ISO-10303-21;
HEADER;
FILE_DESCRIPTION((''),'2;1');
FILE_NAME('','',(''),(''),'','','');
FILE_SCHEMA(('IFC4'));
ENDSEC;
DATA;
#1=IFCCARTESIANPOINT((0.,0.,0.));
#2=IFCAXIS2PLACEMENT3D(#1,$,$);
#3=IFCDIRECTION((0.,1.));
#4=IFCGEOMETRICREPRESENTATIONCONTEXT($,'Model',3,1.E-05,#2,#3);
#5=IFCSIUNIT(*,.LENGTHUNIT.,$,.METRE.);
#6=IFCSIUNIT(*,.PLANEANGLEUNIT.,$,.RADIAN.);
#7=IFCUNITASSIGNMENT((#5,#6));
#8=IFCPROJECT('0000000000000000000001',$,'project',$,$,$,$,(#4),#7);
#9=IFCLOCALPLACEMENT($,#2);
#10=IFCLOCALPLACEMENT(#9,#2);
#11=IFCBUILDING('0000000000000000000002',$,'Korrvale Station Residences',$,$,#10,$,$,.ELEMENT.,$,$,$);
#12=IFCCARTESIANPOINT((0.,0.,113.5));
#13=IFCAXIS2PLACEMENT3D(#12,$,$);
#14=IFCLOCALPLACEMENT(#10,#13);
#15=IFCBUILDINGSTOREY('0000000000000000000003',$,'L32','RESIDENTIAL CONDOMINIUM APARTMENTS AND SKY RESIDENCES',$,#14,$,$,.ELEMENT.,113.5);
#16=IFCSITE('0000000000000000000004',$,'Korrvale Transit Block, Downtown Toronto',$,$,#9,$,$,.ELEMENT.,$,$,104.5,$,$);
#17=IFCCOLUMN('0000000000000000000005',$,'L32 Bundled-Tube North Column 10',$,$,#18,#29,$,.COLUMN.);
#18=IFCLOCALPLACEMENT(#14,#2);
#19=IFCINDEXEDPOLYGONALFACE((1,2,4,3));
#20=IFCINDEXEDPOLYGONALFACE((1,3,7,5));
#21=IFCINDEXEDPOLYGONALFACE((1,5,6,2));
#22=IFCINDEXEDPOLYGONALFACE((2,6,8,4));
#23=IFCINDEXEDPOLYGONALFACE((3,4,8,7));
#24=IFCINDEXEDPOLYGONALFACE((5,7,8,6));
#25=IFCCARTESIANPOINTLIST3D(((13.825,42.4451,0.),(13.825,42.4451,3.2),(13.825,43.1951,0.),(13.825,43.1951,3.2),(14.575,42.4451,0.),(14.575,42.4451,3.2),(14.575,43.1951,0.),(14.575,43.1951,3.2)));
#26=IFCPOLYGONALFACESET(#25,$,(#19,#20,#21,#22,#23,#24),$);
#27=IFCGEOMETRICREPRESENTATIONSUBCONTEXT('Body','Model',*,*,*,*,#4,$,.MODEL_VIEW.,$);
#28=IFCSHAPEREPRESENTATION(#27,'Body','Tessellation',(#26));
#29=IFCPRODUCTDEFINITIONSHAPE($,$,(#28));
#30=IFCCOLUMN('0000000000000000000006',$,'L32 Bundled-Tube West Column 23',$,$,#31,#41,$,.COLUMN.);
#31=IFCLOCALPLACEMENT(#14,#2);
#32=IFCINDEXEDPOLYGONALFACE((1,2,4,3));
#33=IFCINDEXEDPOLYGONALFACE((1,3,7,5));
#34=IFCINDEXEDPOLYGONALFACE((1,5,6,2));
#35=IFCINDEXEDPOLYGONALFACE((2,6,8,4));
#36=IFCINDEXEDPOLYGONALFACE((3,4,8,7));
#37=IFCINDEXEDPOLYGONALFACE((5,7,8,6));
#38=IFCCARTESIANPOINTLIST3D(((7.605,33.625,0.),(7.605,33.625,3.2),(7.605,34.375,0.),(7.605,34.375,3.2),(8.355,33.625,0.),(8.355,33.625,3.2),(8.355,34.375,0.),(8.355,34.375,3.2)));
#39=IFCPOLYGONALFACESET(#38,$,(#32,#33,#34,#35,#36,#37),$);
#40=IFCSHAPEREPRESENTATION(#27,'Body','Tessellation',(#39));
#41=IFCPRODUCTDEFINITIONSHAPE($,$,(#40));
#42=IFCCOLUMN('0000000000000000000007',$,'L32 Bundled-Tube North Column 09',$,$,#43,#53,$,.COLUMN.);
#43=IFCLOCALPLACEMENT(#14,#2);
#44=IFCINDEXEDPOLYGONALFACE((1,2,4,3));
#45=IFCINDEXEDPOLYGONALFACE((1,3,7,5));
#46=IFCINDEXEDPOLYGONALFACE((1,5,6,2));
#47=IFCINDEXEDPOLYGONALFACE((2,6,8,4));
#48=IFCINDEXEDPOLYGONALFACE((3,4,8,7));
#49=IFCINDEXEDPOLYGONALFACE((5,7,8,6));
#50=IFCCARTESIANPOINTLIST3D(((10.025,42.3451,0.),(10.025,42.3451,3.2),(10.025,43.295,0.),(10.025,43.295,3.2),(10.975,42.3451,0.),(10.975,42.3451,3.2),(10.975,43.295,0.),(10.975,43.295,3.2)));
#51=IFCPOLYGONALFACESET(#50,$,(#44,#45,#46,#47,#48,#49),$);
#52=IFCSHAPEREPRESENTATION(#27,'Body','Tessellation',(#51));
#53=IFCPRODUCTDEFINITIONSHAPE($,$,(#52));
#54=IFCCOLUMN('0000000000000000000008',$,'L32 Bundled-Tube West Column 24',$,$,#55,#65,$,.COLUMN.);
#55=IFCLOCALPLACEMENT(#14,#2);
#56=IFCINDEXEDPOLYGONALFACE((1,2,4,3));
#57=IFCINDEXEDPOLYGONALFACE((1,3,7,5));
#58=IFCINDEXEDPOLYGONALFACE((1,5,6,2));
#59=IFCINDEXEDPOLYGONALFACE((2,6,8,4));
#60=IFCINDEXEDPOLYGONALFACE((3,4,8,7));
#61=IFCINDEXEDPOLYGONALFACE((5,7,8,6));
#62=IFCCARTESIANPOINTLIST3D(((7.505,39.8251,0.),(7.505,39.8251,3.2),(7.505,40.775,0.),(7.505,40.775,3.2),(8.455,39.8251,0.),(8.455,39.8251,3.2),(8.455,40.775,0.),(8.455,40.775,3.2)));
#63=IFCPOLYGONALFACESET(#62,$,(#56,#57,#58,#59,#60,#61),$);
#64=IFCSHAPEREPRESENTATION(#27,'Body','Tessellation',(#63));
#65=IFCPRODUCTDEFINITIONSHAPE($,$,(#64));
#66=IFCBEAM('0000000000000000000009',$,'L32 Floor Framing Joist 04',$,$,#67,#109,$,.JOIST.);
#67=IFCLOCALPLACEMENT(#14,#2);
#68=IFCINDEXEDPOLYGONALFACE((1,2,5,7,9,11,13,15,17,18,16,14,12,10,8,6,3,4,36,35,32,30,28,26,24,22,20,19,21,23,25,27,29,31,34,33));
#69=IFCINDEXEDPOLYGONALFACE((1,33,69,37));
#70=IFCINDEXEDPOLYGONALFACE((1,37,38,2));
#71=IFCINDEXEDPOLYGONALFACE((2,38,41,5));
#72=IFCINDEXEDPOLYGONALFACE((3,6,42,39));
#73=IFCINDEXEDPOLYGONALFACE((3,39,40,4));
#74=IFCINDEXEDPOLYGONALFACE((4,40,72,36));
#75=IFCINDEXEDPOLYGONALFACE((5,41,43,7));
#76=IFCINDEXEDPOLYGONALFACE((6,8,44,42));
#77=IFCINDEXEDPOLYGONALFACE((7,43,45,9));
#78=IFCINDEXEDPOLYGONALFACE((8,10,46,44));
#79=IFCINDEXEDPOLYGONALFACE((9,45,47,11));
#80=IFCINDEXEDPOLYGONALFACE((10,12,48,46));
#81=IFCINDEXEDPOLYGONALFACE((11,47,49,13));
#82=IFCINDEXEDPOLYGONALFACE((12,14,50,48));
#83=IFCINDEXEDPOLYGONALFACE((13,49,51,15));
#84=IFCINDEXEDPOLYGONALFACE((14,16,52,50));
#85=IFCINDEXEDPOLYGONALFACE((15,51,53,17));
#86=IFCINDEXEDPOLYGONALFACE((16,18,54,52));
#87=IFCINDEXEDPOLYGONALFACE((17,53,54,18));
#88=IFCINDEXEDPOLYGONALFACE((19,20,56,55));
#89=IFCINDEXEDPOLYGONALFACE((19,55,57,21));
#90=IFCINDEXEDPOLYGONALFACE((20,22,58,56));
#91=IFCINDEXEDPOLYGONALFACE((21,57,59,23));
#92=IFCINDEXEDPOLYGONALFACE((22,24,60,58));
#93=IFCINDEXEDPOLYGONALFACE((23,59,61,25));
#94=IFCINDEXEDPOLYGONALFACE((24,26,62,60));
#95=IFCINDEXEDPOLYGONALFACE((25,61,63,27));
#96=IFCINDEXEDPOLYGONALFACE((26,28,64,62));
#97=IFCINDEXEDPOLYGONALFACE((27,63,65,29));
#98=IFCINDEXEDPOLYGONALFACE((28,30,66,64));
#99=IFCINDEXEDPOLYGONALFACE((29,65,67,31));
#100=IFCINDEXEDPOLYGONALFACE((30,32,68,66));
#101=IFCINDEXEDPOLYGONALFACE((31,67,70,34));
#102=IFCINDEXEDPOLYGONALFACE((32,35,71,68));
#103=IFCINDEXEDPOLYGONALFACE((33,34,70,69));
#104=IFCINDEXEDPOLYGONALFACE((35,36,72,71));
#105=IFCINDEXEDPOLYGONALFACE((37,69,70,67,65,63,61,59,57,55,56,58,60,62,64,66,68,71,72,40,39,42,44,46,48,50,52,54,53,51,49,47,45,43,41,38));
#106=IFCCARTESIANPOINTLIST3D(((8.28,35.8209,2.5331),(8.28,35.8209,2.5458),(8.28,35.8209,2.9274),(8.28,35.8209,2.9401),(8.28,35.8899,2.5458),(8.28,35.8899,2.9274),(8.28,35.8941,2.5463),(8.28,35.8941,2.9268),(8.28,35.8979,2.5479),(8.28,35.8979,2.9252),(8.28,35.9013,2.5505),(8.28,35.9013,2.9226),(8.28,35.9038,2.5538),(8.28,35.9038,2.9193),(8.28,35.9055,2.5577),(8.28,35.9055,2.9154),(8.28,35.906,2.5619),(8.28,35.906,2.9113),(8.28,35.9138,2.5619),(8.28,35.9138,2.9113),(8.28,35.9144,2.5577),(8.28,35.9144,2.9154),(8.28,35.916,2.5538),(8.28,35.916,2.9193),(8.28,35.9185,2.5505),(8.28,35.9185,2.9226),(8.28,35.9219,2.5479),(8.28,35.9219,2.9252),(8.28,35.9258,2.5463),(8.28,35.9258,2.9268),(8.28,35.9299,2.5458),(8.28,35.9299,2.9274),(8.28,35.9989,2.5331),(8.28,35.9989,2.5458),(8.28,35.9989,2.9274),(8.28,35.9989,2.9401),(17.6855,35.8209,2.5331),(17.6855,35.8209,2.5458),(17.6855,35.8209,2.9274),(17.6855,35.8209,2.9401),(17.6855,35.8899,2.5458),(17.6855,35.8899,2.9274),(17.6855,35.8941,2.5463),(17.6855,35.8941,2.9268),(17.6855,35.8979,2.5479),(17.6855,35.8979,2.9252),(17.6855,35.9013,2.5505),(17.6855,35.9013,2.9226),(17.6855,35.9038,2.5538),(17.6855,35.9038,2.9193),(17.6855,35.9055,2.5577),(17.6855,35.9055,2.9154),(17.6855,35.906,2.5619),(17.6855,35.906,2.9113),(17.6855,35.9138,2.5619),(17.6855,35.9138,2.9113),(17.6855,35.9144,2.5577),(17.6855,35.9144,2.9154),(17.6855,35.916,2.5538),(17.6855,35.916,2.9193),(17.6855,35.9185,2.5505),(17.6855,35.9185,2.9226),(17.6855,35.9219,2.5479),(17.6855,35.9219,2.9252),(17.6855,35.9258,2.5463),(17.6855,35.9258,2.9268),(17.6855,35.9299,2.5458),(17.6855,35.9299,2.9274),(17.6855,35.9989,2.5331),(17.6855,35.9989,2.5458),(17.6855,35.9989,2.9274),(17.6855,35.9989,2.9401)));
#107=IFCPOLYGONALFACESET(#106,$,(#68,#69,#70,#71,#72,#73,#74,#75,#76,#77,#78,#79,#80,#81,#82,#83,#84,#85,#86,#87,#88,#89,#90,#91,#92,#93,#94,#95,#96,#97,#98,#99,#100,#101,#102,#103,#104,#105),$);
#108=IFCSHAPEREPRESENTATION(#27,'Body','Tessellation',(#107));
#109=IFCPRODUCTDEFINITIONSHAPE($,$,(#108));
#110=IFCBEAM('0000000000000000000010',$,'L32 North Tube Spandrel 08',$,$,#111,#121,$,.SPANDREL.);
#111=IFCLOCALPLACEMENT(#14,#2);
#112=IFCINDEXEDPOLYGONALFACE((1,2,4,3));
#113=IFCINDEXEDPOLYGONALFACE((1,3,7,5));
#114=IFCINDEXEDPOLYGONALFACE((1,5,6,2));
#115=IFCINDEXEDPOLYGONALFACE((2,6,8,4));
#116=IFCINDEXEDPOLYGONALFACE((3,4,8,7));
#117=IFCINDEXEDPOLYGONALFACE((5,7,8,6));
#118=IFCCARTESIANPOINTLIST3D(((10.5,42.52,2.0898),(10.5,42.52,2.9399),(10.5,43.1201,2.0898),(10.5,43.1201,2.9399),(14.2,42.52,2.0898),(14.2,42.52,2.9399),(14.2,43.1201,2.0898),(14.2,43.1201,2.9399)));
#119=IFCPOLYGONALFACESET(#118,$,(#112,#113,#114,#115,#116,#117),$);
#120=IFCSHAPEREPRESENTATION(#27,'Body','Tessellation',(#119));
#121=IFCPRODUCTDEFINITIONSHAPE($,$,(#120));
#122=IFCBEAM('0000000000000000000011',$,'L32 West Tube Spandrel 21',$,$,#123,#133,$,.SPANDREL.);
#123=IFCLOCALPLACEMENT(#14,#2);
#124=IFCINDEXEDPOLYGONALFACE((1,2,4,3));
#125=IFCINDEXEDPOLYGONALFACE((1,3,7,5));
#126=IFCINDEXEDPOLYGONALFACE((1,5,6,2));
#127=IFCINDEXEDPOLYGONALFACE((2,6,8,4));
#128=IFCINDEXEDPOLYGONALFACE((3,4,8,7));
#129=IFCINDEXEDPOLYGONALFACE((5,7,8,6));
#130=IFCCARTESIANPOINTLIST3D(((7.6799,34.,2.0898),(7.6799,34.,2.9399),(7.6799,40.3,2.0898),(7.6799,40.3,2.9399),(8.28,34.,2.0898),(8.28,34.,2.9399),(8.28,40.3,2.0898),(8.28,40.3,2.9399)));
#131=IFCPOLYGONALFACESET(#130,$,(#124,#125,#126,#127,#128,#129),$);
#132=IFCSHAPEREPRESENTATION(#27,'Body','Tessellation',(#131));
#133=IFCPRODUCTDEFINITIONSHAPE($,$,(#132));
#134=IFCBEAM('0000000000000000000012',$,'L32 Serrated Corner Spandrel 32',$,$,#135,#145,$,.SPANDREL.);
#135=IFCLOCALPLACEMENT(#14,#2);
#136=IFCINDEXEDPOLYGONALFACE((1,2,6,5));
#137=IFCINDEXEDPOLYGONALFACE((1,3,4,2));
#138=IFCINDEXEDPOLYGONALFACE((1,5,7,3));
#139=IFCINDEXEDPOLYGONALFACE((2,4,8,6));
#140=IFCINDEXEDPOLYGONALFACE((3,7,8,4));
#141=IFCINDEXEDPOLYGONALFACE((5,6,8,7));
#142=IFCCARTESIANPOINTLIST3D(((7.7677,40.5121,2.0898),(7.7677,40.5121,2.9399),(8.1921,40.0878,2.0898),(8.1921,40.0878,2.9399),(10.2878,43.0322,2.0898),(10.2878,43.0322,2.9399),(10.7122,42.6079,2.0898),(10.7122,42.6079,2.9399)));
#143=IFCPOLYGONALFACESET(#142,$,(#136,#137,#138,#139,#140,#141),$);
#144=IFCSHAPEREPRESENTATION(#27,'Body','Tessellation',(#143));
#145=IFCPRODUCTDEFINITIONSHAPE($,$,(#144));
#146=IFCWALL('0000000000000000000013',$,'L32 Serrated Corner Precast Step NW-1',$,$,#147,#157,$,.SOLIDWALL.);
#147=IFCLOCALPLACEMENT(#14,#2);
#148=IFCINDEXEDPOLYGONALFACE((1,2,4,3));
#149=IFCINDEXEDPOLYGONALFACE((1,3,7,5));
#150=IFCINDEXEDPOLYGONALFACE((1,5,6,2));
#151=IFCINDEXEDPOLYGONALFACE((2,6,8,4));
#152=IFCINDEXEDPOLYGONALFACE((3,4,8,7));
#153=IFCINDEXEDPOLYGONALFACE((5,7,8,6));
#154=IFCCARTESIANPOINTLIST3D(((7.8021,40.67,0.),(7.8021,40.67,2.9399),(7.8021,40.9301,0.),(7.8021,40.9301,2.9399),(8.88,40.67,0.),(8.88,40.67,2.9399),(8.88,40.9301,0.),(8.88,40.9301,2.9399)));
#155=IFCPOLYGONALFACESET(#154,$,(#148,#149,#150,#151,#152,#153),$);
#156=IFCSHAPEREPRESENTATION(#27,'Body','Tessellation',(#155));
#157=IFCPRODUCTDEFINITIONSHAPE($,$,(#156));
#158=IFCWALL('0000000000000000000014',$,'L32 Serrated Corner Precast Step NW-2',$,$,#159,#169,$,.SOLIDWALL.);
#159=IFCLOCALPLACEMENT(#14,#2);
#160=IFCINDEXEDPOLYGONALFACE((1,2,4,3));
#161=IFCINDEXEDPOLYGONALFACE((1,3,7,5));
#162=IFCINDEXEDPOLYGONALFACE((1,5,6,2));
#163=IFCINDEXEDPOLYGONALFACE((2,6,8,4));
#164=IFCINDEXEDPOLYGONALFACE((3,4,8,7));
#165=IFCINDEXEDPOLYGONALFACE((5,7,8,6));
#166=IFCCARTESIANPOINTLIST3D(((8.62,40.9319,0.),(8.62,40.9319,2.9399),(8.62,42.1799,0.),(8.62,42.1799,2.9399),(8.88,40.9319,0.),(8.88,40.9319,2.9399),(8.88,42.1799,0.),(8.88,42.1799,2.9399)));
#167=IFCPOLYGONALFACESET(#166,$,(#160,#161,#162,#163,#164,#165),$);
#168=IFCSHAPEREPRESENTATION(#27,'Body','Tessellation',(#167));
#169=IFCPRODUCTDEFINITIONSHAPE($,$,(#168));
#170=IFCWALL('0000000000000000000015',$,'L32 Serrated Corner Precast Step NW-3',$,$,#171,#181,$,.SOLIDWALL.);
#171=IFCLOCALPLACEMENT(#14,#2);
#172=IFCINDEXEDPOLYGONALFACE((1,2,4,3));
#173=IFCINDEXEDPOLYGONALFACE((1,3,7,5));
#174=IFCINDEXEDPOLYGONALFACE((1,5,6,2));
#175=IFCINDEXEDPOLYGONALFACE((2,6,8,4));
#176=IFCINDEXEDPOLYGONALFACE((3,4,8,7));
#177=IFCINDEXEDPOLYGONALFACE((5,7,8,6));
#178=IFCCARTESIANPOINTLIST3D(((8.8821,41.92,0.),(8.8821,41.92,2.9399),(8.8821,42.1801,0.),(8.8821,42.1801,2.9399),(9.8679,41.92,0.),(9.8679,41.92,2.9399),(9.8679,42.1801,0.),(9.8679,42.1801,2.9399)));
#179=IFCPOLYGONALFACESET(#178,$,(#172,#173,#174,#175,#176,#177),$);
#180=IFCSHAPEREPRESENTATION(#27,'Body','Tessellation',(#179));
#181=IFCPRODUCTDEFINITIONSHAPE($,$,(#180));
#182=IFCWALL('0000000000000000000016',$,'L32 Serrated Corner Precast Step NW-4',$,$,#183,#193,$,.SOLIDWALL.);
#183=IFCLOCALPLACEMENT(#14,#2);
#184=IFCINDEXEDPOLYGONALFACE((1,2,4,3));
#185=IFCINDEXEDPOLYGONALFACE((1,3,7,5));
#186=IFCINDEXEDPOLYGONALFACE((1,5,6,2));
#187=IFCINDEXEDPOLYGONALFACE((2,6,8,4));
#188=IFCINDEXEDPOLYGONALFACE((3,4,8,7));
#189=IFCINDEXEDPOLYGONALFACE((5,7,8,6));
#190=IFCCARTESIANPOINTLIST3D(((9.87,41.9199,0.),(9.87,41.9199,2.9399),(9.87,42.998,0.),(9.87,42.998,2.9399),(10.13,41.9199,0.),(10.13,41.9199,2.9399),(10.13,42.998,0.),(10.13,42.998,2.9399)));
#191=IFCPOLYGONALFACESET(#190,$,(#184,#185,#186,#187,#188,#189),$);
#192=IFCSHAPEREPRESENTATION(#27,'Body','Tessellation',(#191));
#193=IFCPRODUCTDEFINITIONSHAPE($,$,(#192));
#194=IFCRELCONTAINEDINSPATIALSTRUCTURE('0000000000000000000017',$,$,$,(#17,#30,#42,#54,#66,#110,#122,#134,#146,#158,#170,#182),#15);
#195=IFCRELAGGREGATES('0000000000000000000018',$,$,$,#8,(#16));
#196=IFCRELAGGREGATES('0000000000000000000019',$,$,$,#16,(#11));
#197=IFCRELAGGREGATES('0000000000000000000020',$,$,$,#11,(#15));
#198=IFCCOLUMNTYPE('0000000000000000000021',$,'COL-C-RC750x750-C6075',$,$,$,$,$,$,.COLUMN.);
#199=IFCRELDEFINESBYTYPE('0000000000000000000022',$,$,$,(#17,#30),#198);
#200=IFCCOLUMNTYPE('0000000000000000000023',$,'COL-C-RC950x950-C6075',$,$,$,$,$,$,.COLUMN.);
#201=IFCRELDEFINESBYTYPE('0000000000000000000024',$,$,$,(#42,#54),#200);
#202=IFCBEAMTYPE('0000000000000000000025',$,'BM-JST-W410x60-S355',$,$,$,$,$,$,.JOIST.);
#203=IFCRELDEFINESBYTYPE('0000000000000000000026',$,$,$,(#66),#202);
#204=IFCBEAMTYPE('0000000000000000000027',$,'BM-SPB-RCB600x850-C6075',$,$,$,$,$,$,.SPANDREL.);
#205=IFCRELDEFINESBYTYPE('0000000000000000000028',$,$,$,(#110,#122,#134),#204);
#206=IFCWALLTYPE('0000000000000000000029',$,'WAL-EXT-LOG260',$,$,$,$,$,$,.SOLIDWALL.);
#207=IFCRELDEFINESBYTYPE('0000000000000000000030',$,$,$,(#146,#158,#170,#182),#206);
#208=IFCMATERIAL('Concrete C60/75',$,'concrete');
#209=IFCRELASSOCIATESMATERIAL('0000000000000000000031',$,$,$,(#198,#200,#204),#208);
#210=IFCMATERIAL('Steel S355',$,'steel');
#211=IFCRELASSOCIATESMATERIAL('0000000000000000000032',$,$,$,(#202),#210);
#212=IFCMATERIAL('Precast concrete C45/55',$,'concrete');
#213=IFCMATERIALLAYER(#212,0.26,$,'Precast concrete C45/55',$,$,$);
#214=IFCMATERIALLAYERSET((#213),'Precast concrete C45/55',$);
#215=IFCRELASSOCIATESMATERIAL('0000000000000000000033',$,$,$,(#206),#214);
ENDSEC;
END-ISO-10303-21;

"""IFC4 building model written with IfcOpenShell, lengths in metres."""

from ifc_helpers import new_model, si_unit, direction, frame, frame_2d, origin, origin_2d, place, context, subcontext, project, spatial, rectangle, i_section, extrude, material, layer, layer_set, material_profile, profile_set, type_object, element, save


model = new_model("IFC4")

# Units and contexts
model_context = context("Model", 3, precision=1e-05, world=origin(), true_north=direction((0.0, 1.0)))
body_context = subcontext(model_context, "Body", "Model", "MODEL_VIEW")
ifc_project = project(units=[si_unit("LENGTHUNIT", "METRE"), si_unit("PLANEANGLEUNIT", "RADIAN")], contexts=[model_context])

# Site, building, storey
site_placement = place(None, origin())
site = spatial("IfcSite", under=ifc_project, at=site_placement, Name="Korrvale Transit Block, Downtown Toronto", CompositionType="ELEMENT", RefElevation=104.5)
building_placement = place(site_placement, origin())
building = spatial("IfcBuilding", under=site, at=building_placement, Name="Korrvale Station Residences", CompositionType="ELEMENT")
storey_placement = place(building_placement, frame((0.0, 0.0, 113.5)))
storey = spatial("IfcBuildingStorey", under=building, at=storey_placement, Name="L32", Description="RESIDENTIAL CONDOMINIUM APARTMENTS AND SKY RESIDENCES", CompositionType="ELEMENT", Elevation=113.5)

# Columns
ifc_material_1 = material(Name="Concrete C60/75", Category="concrete")
ifc_material_profile_1 = material_profile(ifc_material_1, rectangle(XDim=0.75, YDim=0.75, at=origin_2d()), Name="RC750x750")
ifc_profile_set_1 = profile_set([ifc_material_profile_1], Name="Concrete C60/75")
column_type_1 = type_object("IfcColumnType", Name="COL-C-RC750x750-C6075", PredefinedType="COLUMN", material=ifc_profile_set_1)
for number, where, z_axis, x_axis, name in (
    (1, (14.2, 42.8201, 0.0), (0.0, 0.0, 1.0), (1.0, 0.0, 0.0), "L32 Bundled-Tube North Column 10"),
    (2, (7.98, 34.0, 0.0), (0.0, 0.0, 1.0), (1.0, 0.0, 0.0), "L32 Bundled-Tube West Column 23"),
):
    element("IfcColumn", number, at=place(storey_placement, frame(where, z_axis=z_axis, x_axis=x_axis)), inside=storey, type_object=column_type_1, Name=name, PredefinedType="COLUMN", context=body_context, shape_type="SweptSolid", body=[
        extrude(rectangle(XDim=0.75, YDim=0.75, at=origin_2d()), origin(), (0.0, 0.0, 1.0), 3.2),
    ])
ifc_material_profile_2 = material_profile(ifc_material_1, rectangle(XDim=0.95, YDim=0.95, at=origin_2d()), Name="RC950x950")
ifc_profile_set_2 = profile_set([ifc_material_profile_2], Name="Concrete C60/75")
column_type_2 = type_object("IfcColumnType", Name="COL-C-RC950x950-C6075", PredefinedType="COLUMN", material=ifc_profile_set_2)
for number, where, z_axis, x_axis, name in (
    (3, (10.5, 42.8201, 0.0), (0.0, 0.0, 1.0), (1.0, 0.0, 0.0), "L32 Bundled-Tube North Column 09"),
    (4, (7.98, 40.3, 0.0), (0.0, 0.0, 1.0), (1.0, 0.0, 0.0), "L32 Bundled-Tube West Column 24"),
):
    element("IfcColumn", number, at=place(storey_placement, frame(where, z_axis=z_axis, x_axis=x_axis)), inside=storey, type_object=column_type_2, Name=name, PredefinedType="COLUMN", context=body_context, shape_type="SweptSolid", body=[
        extrude(rectangle(XDim=0.95, YDim=0.95, at=origin_2d()), origin(), (0.0, 0.0, 1.0), 3.2),
    ])

# Beams
ifc_material_2 = material(Name="Steel S355", Category="steel")
ifc_material_profile_3 = material_profile(ifc_material_2, i_section(OverallWidth=0.178, OverallDepth=0.407, WebThickness=0.0078, FlangeThickness=0.0127, FilletRadius=0.0161, at=origin_2d()), Name="W410x60")
ifc_profile_set_3 = profile_set([ifc_material_profile_3], Name="Steel S355")
beam_type_1 = type_object("IfcBeamType", Name="BM-JST-W410x60-S355", PredefinedType="JOIST", material=ifc_profile_set_3)
beam_1_placement = place(storey_placement, frame((8.28, 35.9099, 2.7366), z_axis=(1.0, 0.0, 0.0), x_axis=(0.0, 1.0, 0.0)))
element("IfcBeam", 5, at=beam_1_placement, inside=storey, type_object=beam_type_1, Name="L32 Floor Framing Joist 04", PredefinedType="JOIST", context=body_context, shape_type="SweptSolid", body=[
    extrude(i_section(OverallWidth=0.178, OverallDepth=0.407, WebThickness=0.0078, FlangeThickness=0.0127, FilletRadius=0.0161, at=origin_2d()), origin(), (0.0, 0.0, 1.0), 9.4055),
])
ifc_material_profile_4 = material_profile(ifc_material_1, rectangle(XDim=0.6001, YDim=0.8501, at=origin_2d()), Name="RCB600x850")
ifc_profile_set_4 = profile_set([ifc_material_profile_4], Name="Concrete C60/75")
beam_type_2 = type_object("IfcBeamType", Name="BM-SPB-RCB600x850-C6075", PredefinedType="SPANDREL", material=ifc_profile_set_4)
beam_2_placement = place(storey_placement, frame((10.5, 42.8201, 2.5149), z_axis=(1.0, 0.0, 0.0), x_axis=(0.0, 1.0, 0.0)))
element("IfcBeam", 6, at=beam_2_placement, inside=storey, type_object=beam_type_2, Name="L32 North Tube Spandrel 08", PredefinedType="SPANDREL", context=body_context, shape_type="SweptSolid", body=[
    extrude(rectangle(XDim=0.6001, YDim=0.8501, at=origin_2d()), origin(), (0.0, 0.0, 1.0), 3.7),
])
beam_3_placement = place(storey_placement, frame((7.98, 34.0, 2.5149), z_axis=(0.0, 1.0, 0.0), x_axis=(-1.0, 0.0, 0.0)))
element("IfcBeam", 7, at=beam_3_placement, inside=storey, type_object=beam_type_2, Name="L32 West Tube Spandrel 21", PredefinedType="SPANDREL", context=body_context, shape_type="SweptSolid", body=[
    extrude(rectangle(XDim=0.6001, YDim=0.8501, at=origin_2d()), origin(), (0.0, 0.0, 1.0), 6.3),
])
beam_4_placement = place(storey_placement, frame((10.5, 42.8201, 2.5149), z_axis=(-0.707107, -0.707107, 0.0), x_axis=(0.707107, -0.707107, 0.0)))
element("IfcBeam", 8, at=beam_4_placement, inside=storey, type_object=beam_type_2, Name="L32 Serrated Corner Spandrel 32", PredefinedType="SPANDREL", context=body_context, shape_type="SweptSolid", body=[
    extrude(rectangle(XDim=0.6001, YDim=0.8501, at=origin_2d()), origin(), (0.0, 0.0, 1.0), 3.564),
])

# Walls
ifc_material_3 = material(Name="Precast concrete C45/55", Category="concrete")
ifc_layer_1 = layer(ifc_material_3, 0.26, Name="Precast concrete C45/55")
ifc_layer_set_1 = layer_set([ifc_layer_1], Name="Precast concrete C45/55")
wall_type_1 = type_object("IfcWallType", Name="WAL-EXT-LOG260", PredefinedType="SOLIDWALL", material=ifc_layer_set_1)
wall_1_placement = place(storey_placement, frame((7.802, 40.8, 0.0), z_axis=(0.0, 0.0, 1.0), x_axis=(1.0, 0.0, 0.0)))
element("IfcWall", 9, at=wall_1_placement, inside=storey, type_object=wall_type_1, Name="L32 Serrated Corner Precast Step NW-1", PredefinedType="SOLIDWALL", context=body_context, shape_type="SweptSolid", body=[
    extrude(rectangle(XDim=1.0779, YDim=0.26, at=frame_2d((0.5391, 0.0))), origin(), (0.0, 0.0, 1.0), 2.9399),
])
wall_2_placement = place(storey_placement, frame((8.75, 40.9319, 0.0), z_axis=(0.0, 0.0, 1.0), x_axis=(0.0, 1.0, 0.0)))
element("IfcWall", 10, at=wall_2_placement, inside=storey, type_object=wall_type_1, Name="L32 Serrated Corner Precast Step NW-2", PredefinedType="SOLIDWALL", context=body_context, shape_type="SweptSolid", body=[
    extrude(rectangle(XDim=1.248, YDim=0.26, at=frame_2d((0.624, 0.0))), origin(), (0.0, 0.0, 1.0), 2.9399),
])
wall_3_placement = place(storey_placement, frame((8.8821, 42.05, 0.0), z_axis=(0.0, 0.0, 1.0), x_axis=(1.0, 0.0, 0.0)))
element("IfcWall", 11, at=wall_3_placement, inside=storey, type_object=wall_type_1, Name="L32 Serrated Corner Precast Step NW-3", PredefinedType="SOLIDWALL", context=body_context, shape_type="SweptSolid", body=[
    extrude(rectangle(XDim=0.9858, YDim=0.26, at=frame_2d((0.4929, 0.0))), origin(), (0.0, 0.0, 1.0), 2.9399),
])
wall_4_placement = place(storey_placement, frame((10.0, 41.9199, 0.0), z_axis=(0.0, 0.0, 1.0), x_axis=(0.0, 1.0, 0.0)))
element("IfcWall", 12, at=wall_4_placement, inside=storey, type_object=wall_type_1, Name="L32 Serrated Corner Precast Step NW-4", PredefinedType="SOLIDWALL", context=body_context, shape_type="SweptSolid", body=[
    extrude(rectangle(XDim=1.0781, YDim=0.26, at=frame_2d((0.5391, 0.0))), origin(), (0.0, 0.0, 1.0), 2.9399),
])

save(model, "model.ifc")
